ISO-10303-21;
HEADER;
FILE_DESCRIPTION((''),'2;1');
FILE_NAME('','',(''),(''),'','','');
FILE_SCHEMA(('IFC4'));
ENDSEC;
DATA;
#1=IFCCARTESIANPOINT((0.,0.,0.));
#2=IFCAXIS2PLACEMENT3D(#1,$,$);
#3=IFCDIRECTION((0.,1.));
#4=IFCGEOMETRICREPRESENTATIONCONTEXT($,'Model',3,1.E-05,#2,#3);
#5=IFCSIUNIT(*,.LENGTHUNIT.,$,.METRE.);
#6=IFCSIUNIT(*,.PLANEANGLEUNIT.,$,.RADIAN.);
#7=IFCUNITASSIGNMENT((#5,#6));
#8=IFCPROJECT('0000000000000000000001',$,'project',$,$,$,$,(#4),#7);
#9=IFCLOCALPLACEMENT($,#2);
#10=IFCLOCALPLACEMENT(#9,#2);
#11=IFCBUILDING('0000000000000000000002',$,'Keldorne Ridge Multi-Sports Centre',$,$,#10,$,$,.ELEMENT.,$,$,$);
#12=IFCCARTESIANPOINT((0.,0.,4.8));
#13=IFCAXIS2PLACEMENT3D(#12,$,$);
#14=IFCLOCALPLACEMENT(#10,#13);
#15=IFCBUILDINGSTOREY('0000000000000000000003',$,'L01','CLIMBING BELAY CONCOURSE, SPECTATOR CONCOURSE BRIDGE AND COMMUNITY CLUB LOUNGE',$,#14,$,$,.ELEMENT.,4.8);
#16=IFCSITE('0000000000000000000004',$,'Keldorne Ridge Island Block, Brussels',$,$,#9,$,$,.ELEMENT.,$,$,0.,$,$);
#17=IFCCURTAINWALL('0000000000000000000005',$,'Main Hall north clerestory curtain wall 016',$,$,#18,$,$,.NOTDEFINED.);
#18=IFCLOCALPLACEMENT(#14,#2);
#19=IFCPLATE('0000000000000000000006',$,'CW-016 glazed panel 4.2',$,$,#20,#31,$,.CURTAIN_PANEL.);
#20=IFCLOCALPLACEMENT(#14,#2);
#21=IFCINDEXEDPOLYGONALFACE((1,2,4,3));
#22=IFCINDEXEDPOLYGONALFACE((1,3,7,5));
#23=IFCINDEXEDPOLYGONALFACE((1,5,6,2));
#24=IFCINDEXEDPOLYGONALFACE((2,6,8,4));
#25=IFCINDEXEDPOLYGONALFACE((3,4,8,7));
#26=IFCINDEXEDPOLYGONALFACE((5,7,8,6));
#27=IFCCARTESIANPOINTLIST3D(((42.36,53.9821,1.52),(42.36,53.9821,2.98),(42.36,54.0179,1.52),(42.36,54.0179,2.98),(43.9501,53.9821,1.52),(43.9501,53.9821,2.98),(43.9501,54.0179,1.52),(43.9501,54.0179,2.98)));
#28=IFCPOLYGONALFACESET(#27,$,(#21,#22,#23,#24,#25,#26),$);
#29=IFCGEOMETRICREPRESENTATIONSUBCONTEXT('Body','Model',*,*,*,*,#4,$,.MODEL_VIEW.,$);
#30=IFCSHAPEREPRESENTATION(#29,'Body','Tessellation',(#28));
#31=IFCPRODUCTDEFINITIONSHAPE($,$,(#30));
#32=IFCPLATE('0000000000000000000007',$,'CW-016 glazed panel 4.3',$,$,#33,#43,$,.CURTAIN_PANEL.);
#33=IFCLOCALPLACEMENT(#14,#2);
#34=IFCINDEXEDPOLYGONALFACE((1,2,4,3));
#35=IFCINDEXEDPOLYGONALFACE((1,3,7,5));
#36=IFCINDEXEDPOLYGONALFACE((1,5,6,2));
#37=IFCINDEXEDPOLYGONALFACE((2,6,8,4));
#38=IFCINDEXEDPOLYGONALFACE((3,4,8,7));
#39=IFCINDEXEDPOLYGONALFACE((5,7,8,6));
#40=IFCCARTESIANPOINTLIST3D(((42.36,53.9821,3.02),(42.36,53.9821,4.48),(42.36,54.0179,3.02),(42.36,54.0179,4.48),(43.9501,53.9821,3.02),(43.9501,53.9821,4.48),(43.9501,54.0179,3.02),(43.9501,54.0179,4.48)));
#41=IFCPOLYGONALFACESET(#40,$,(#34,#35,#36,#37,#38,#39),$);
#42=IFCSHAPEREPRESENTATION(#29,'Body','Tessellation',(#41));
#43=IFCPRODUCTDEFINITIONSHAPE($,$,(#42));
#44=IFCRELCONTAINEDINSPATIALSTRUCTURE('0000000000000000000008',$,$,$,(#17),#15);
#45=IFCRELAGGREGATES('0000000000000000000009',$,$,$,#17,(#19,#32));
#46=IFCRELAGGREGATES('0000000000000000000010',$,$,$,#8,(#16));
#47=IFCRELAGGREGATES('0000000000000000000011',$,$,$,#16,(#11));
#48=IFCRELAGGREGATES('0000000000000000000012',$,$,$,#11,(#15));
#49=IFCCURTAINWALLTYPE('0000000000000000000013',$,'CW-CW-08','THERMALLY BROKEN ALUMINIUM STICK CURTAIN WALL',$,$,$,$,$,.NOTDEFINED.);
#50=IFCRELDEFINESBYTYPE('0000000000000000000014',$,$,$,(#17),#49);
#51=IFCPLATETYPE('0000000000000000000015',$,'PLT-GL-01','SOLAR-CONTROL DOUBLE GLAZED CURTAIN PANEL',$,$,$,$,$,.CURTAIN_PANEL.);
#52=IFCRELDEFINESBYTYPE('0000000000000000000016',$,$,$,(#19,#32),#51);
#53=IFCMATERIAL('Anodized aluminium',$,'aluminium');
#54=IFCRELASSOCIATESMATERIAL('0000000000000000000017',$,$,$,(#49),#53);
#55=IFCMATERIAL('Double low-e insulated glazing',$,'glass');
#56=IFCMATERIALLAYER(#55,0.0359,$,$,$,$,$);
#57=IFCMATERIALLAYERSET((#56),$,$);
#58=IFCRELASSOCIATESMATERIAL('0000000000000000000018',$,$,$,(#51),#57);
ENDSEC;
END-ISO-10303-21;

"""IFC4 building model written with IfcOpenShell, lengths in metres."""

from ifc_helpers import new_model, si_unit, direction, frame, origin, origin_2d, place, context, subcontext, project, spatial, rectangle, extrude, material, layer, layer_set, type_object, element, aggregate, save


model = new_model("IFC4")

# Units and contexts
model_context = context("Model", 3, precision=1e-05, world=origin(), true_north=direction((0.0, 1.0)))
body_context = subcontext(model_context, "Body", "Model", "MODEL_VIEW")
ifc_project = project(units=[si_unit("LENGTHUNIT", "METRE"), si_unit("PLANEANGLEUNIT", "RADIAN")], contexts=[model_context])

# Site, building, storey
site_placement = place(None, origin())
site = spatial("IfcSite", under=ifc_project, at=site_placement, Name="Keldorne Ridge Island Block, Brussels", CompositionType="ELEMENT", RefElevation=0.0)
building_placement = place(site_placement, origin())
building = spatial("IfcBuilding", under=site, at=building_placement, Name="Keldorne Ridge Multi-Sports Centre", CompositionType="ELEMENT")
storey_placement = place(building_placement, frame((0.0, 0.0, 4.8)))
storey = spatial("IfcBuildingStorey", under=building, at=storey_placement, Name="L01", Description="CLIMBING BELAY CONCOURSE, SPECTATOR CONCOURSE BRIDGE AND COMMUNITY CLUB LOUNGE", CompositionType="ELEMENT", Elevation=4.8)

# Shared definitions
ifc_material_1 = material(Name="Anodized aluminium", Category="aluminium")

# Curtain wall
curtain_wall_type_1 = type_object("IfcCurtainWallType", Name="CW-CW-08", Description="THERMALLY BROKEN ALUMINIUM STICK CURTAIN WALL", PredefinedType="NOTDEFINED", material=ifc_material_1)
curtain_wall_1_placement = place(storey_placement, origin())
curtain_wall_1 = element("IfcCurtainWall", 1, at=curtain_wall_1_placement, inside=storey, type_object=curtain_wall_type_1, Name="Main Hall north clerestory curtain wall 016", PredefinedType="NOTDEFINED")

# Plates
ifc_material_2 = material(Name="Double low-e insulated glazing", Category="glass")
ifc_layer = layer(ifc_material_2, 0.0359)
ifc_layer_set = layer_set([ifc_layer])
plate_type = type_object("IfcPlateType", Name="PLT-GL-01", Description="SOLAR-CONTROL DOUBLE GLAZED CURTAIN PANEL", PredefinedType="CURTAIN_PANEL", material=ifc_layer_set)
plate_1_placement = place(storey_placement, frame((43.155, 54.0, 1.52), z_axis=(0.0, 0.0, 1.0), x_axis=(-1.0, 0.0, 0.0)))
plate_1 = element("IfcPlate", 2, at=plate_1_placement, type_object=plate_type, Name="CW-016 glazed panel 4.2", PredefinedType="CURTAIN_PANEL", context=body_context, shape_type="SweptSolid", body=[
    extrude(rectangle(XDim=1.5901, YDim=0.0359, at=origin_2d()), origin(), (0.0, 0.0, 1.0), 1.46),
])
plate_2_placement = place(storey_placement, frame((43.155, 54.0, 3.02), z_axis=(0.0, 0.0, 1.0), x_axis=(-1.0, 0.0, 0.0)))
plate_2 = element("IfcPlate", 3, at=plate_2_placement, type_object=plate_type, Name="CW-016 glazed panel 4.3", PredefinedType="CURTAIN_PANEL", context=body_context, shape_type="SweptSolid", body=[
    extrude(rectangle(XDim=1.5901, YDim=0.0359, at=origin_2d()), origin(), (0.0, 0.0, 1.0), 1.46),
])
aggregate(curtain_wall_1, [plate_1, plate_2])

save(model, "model.ifc")
